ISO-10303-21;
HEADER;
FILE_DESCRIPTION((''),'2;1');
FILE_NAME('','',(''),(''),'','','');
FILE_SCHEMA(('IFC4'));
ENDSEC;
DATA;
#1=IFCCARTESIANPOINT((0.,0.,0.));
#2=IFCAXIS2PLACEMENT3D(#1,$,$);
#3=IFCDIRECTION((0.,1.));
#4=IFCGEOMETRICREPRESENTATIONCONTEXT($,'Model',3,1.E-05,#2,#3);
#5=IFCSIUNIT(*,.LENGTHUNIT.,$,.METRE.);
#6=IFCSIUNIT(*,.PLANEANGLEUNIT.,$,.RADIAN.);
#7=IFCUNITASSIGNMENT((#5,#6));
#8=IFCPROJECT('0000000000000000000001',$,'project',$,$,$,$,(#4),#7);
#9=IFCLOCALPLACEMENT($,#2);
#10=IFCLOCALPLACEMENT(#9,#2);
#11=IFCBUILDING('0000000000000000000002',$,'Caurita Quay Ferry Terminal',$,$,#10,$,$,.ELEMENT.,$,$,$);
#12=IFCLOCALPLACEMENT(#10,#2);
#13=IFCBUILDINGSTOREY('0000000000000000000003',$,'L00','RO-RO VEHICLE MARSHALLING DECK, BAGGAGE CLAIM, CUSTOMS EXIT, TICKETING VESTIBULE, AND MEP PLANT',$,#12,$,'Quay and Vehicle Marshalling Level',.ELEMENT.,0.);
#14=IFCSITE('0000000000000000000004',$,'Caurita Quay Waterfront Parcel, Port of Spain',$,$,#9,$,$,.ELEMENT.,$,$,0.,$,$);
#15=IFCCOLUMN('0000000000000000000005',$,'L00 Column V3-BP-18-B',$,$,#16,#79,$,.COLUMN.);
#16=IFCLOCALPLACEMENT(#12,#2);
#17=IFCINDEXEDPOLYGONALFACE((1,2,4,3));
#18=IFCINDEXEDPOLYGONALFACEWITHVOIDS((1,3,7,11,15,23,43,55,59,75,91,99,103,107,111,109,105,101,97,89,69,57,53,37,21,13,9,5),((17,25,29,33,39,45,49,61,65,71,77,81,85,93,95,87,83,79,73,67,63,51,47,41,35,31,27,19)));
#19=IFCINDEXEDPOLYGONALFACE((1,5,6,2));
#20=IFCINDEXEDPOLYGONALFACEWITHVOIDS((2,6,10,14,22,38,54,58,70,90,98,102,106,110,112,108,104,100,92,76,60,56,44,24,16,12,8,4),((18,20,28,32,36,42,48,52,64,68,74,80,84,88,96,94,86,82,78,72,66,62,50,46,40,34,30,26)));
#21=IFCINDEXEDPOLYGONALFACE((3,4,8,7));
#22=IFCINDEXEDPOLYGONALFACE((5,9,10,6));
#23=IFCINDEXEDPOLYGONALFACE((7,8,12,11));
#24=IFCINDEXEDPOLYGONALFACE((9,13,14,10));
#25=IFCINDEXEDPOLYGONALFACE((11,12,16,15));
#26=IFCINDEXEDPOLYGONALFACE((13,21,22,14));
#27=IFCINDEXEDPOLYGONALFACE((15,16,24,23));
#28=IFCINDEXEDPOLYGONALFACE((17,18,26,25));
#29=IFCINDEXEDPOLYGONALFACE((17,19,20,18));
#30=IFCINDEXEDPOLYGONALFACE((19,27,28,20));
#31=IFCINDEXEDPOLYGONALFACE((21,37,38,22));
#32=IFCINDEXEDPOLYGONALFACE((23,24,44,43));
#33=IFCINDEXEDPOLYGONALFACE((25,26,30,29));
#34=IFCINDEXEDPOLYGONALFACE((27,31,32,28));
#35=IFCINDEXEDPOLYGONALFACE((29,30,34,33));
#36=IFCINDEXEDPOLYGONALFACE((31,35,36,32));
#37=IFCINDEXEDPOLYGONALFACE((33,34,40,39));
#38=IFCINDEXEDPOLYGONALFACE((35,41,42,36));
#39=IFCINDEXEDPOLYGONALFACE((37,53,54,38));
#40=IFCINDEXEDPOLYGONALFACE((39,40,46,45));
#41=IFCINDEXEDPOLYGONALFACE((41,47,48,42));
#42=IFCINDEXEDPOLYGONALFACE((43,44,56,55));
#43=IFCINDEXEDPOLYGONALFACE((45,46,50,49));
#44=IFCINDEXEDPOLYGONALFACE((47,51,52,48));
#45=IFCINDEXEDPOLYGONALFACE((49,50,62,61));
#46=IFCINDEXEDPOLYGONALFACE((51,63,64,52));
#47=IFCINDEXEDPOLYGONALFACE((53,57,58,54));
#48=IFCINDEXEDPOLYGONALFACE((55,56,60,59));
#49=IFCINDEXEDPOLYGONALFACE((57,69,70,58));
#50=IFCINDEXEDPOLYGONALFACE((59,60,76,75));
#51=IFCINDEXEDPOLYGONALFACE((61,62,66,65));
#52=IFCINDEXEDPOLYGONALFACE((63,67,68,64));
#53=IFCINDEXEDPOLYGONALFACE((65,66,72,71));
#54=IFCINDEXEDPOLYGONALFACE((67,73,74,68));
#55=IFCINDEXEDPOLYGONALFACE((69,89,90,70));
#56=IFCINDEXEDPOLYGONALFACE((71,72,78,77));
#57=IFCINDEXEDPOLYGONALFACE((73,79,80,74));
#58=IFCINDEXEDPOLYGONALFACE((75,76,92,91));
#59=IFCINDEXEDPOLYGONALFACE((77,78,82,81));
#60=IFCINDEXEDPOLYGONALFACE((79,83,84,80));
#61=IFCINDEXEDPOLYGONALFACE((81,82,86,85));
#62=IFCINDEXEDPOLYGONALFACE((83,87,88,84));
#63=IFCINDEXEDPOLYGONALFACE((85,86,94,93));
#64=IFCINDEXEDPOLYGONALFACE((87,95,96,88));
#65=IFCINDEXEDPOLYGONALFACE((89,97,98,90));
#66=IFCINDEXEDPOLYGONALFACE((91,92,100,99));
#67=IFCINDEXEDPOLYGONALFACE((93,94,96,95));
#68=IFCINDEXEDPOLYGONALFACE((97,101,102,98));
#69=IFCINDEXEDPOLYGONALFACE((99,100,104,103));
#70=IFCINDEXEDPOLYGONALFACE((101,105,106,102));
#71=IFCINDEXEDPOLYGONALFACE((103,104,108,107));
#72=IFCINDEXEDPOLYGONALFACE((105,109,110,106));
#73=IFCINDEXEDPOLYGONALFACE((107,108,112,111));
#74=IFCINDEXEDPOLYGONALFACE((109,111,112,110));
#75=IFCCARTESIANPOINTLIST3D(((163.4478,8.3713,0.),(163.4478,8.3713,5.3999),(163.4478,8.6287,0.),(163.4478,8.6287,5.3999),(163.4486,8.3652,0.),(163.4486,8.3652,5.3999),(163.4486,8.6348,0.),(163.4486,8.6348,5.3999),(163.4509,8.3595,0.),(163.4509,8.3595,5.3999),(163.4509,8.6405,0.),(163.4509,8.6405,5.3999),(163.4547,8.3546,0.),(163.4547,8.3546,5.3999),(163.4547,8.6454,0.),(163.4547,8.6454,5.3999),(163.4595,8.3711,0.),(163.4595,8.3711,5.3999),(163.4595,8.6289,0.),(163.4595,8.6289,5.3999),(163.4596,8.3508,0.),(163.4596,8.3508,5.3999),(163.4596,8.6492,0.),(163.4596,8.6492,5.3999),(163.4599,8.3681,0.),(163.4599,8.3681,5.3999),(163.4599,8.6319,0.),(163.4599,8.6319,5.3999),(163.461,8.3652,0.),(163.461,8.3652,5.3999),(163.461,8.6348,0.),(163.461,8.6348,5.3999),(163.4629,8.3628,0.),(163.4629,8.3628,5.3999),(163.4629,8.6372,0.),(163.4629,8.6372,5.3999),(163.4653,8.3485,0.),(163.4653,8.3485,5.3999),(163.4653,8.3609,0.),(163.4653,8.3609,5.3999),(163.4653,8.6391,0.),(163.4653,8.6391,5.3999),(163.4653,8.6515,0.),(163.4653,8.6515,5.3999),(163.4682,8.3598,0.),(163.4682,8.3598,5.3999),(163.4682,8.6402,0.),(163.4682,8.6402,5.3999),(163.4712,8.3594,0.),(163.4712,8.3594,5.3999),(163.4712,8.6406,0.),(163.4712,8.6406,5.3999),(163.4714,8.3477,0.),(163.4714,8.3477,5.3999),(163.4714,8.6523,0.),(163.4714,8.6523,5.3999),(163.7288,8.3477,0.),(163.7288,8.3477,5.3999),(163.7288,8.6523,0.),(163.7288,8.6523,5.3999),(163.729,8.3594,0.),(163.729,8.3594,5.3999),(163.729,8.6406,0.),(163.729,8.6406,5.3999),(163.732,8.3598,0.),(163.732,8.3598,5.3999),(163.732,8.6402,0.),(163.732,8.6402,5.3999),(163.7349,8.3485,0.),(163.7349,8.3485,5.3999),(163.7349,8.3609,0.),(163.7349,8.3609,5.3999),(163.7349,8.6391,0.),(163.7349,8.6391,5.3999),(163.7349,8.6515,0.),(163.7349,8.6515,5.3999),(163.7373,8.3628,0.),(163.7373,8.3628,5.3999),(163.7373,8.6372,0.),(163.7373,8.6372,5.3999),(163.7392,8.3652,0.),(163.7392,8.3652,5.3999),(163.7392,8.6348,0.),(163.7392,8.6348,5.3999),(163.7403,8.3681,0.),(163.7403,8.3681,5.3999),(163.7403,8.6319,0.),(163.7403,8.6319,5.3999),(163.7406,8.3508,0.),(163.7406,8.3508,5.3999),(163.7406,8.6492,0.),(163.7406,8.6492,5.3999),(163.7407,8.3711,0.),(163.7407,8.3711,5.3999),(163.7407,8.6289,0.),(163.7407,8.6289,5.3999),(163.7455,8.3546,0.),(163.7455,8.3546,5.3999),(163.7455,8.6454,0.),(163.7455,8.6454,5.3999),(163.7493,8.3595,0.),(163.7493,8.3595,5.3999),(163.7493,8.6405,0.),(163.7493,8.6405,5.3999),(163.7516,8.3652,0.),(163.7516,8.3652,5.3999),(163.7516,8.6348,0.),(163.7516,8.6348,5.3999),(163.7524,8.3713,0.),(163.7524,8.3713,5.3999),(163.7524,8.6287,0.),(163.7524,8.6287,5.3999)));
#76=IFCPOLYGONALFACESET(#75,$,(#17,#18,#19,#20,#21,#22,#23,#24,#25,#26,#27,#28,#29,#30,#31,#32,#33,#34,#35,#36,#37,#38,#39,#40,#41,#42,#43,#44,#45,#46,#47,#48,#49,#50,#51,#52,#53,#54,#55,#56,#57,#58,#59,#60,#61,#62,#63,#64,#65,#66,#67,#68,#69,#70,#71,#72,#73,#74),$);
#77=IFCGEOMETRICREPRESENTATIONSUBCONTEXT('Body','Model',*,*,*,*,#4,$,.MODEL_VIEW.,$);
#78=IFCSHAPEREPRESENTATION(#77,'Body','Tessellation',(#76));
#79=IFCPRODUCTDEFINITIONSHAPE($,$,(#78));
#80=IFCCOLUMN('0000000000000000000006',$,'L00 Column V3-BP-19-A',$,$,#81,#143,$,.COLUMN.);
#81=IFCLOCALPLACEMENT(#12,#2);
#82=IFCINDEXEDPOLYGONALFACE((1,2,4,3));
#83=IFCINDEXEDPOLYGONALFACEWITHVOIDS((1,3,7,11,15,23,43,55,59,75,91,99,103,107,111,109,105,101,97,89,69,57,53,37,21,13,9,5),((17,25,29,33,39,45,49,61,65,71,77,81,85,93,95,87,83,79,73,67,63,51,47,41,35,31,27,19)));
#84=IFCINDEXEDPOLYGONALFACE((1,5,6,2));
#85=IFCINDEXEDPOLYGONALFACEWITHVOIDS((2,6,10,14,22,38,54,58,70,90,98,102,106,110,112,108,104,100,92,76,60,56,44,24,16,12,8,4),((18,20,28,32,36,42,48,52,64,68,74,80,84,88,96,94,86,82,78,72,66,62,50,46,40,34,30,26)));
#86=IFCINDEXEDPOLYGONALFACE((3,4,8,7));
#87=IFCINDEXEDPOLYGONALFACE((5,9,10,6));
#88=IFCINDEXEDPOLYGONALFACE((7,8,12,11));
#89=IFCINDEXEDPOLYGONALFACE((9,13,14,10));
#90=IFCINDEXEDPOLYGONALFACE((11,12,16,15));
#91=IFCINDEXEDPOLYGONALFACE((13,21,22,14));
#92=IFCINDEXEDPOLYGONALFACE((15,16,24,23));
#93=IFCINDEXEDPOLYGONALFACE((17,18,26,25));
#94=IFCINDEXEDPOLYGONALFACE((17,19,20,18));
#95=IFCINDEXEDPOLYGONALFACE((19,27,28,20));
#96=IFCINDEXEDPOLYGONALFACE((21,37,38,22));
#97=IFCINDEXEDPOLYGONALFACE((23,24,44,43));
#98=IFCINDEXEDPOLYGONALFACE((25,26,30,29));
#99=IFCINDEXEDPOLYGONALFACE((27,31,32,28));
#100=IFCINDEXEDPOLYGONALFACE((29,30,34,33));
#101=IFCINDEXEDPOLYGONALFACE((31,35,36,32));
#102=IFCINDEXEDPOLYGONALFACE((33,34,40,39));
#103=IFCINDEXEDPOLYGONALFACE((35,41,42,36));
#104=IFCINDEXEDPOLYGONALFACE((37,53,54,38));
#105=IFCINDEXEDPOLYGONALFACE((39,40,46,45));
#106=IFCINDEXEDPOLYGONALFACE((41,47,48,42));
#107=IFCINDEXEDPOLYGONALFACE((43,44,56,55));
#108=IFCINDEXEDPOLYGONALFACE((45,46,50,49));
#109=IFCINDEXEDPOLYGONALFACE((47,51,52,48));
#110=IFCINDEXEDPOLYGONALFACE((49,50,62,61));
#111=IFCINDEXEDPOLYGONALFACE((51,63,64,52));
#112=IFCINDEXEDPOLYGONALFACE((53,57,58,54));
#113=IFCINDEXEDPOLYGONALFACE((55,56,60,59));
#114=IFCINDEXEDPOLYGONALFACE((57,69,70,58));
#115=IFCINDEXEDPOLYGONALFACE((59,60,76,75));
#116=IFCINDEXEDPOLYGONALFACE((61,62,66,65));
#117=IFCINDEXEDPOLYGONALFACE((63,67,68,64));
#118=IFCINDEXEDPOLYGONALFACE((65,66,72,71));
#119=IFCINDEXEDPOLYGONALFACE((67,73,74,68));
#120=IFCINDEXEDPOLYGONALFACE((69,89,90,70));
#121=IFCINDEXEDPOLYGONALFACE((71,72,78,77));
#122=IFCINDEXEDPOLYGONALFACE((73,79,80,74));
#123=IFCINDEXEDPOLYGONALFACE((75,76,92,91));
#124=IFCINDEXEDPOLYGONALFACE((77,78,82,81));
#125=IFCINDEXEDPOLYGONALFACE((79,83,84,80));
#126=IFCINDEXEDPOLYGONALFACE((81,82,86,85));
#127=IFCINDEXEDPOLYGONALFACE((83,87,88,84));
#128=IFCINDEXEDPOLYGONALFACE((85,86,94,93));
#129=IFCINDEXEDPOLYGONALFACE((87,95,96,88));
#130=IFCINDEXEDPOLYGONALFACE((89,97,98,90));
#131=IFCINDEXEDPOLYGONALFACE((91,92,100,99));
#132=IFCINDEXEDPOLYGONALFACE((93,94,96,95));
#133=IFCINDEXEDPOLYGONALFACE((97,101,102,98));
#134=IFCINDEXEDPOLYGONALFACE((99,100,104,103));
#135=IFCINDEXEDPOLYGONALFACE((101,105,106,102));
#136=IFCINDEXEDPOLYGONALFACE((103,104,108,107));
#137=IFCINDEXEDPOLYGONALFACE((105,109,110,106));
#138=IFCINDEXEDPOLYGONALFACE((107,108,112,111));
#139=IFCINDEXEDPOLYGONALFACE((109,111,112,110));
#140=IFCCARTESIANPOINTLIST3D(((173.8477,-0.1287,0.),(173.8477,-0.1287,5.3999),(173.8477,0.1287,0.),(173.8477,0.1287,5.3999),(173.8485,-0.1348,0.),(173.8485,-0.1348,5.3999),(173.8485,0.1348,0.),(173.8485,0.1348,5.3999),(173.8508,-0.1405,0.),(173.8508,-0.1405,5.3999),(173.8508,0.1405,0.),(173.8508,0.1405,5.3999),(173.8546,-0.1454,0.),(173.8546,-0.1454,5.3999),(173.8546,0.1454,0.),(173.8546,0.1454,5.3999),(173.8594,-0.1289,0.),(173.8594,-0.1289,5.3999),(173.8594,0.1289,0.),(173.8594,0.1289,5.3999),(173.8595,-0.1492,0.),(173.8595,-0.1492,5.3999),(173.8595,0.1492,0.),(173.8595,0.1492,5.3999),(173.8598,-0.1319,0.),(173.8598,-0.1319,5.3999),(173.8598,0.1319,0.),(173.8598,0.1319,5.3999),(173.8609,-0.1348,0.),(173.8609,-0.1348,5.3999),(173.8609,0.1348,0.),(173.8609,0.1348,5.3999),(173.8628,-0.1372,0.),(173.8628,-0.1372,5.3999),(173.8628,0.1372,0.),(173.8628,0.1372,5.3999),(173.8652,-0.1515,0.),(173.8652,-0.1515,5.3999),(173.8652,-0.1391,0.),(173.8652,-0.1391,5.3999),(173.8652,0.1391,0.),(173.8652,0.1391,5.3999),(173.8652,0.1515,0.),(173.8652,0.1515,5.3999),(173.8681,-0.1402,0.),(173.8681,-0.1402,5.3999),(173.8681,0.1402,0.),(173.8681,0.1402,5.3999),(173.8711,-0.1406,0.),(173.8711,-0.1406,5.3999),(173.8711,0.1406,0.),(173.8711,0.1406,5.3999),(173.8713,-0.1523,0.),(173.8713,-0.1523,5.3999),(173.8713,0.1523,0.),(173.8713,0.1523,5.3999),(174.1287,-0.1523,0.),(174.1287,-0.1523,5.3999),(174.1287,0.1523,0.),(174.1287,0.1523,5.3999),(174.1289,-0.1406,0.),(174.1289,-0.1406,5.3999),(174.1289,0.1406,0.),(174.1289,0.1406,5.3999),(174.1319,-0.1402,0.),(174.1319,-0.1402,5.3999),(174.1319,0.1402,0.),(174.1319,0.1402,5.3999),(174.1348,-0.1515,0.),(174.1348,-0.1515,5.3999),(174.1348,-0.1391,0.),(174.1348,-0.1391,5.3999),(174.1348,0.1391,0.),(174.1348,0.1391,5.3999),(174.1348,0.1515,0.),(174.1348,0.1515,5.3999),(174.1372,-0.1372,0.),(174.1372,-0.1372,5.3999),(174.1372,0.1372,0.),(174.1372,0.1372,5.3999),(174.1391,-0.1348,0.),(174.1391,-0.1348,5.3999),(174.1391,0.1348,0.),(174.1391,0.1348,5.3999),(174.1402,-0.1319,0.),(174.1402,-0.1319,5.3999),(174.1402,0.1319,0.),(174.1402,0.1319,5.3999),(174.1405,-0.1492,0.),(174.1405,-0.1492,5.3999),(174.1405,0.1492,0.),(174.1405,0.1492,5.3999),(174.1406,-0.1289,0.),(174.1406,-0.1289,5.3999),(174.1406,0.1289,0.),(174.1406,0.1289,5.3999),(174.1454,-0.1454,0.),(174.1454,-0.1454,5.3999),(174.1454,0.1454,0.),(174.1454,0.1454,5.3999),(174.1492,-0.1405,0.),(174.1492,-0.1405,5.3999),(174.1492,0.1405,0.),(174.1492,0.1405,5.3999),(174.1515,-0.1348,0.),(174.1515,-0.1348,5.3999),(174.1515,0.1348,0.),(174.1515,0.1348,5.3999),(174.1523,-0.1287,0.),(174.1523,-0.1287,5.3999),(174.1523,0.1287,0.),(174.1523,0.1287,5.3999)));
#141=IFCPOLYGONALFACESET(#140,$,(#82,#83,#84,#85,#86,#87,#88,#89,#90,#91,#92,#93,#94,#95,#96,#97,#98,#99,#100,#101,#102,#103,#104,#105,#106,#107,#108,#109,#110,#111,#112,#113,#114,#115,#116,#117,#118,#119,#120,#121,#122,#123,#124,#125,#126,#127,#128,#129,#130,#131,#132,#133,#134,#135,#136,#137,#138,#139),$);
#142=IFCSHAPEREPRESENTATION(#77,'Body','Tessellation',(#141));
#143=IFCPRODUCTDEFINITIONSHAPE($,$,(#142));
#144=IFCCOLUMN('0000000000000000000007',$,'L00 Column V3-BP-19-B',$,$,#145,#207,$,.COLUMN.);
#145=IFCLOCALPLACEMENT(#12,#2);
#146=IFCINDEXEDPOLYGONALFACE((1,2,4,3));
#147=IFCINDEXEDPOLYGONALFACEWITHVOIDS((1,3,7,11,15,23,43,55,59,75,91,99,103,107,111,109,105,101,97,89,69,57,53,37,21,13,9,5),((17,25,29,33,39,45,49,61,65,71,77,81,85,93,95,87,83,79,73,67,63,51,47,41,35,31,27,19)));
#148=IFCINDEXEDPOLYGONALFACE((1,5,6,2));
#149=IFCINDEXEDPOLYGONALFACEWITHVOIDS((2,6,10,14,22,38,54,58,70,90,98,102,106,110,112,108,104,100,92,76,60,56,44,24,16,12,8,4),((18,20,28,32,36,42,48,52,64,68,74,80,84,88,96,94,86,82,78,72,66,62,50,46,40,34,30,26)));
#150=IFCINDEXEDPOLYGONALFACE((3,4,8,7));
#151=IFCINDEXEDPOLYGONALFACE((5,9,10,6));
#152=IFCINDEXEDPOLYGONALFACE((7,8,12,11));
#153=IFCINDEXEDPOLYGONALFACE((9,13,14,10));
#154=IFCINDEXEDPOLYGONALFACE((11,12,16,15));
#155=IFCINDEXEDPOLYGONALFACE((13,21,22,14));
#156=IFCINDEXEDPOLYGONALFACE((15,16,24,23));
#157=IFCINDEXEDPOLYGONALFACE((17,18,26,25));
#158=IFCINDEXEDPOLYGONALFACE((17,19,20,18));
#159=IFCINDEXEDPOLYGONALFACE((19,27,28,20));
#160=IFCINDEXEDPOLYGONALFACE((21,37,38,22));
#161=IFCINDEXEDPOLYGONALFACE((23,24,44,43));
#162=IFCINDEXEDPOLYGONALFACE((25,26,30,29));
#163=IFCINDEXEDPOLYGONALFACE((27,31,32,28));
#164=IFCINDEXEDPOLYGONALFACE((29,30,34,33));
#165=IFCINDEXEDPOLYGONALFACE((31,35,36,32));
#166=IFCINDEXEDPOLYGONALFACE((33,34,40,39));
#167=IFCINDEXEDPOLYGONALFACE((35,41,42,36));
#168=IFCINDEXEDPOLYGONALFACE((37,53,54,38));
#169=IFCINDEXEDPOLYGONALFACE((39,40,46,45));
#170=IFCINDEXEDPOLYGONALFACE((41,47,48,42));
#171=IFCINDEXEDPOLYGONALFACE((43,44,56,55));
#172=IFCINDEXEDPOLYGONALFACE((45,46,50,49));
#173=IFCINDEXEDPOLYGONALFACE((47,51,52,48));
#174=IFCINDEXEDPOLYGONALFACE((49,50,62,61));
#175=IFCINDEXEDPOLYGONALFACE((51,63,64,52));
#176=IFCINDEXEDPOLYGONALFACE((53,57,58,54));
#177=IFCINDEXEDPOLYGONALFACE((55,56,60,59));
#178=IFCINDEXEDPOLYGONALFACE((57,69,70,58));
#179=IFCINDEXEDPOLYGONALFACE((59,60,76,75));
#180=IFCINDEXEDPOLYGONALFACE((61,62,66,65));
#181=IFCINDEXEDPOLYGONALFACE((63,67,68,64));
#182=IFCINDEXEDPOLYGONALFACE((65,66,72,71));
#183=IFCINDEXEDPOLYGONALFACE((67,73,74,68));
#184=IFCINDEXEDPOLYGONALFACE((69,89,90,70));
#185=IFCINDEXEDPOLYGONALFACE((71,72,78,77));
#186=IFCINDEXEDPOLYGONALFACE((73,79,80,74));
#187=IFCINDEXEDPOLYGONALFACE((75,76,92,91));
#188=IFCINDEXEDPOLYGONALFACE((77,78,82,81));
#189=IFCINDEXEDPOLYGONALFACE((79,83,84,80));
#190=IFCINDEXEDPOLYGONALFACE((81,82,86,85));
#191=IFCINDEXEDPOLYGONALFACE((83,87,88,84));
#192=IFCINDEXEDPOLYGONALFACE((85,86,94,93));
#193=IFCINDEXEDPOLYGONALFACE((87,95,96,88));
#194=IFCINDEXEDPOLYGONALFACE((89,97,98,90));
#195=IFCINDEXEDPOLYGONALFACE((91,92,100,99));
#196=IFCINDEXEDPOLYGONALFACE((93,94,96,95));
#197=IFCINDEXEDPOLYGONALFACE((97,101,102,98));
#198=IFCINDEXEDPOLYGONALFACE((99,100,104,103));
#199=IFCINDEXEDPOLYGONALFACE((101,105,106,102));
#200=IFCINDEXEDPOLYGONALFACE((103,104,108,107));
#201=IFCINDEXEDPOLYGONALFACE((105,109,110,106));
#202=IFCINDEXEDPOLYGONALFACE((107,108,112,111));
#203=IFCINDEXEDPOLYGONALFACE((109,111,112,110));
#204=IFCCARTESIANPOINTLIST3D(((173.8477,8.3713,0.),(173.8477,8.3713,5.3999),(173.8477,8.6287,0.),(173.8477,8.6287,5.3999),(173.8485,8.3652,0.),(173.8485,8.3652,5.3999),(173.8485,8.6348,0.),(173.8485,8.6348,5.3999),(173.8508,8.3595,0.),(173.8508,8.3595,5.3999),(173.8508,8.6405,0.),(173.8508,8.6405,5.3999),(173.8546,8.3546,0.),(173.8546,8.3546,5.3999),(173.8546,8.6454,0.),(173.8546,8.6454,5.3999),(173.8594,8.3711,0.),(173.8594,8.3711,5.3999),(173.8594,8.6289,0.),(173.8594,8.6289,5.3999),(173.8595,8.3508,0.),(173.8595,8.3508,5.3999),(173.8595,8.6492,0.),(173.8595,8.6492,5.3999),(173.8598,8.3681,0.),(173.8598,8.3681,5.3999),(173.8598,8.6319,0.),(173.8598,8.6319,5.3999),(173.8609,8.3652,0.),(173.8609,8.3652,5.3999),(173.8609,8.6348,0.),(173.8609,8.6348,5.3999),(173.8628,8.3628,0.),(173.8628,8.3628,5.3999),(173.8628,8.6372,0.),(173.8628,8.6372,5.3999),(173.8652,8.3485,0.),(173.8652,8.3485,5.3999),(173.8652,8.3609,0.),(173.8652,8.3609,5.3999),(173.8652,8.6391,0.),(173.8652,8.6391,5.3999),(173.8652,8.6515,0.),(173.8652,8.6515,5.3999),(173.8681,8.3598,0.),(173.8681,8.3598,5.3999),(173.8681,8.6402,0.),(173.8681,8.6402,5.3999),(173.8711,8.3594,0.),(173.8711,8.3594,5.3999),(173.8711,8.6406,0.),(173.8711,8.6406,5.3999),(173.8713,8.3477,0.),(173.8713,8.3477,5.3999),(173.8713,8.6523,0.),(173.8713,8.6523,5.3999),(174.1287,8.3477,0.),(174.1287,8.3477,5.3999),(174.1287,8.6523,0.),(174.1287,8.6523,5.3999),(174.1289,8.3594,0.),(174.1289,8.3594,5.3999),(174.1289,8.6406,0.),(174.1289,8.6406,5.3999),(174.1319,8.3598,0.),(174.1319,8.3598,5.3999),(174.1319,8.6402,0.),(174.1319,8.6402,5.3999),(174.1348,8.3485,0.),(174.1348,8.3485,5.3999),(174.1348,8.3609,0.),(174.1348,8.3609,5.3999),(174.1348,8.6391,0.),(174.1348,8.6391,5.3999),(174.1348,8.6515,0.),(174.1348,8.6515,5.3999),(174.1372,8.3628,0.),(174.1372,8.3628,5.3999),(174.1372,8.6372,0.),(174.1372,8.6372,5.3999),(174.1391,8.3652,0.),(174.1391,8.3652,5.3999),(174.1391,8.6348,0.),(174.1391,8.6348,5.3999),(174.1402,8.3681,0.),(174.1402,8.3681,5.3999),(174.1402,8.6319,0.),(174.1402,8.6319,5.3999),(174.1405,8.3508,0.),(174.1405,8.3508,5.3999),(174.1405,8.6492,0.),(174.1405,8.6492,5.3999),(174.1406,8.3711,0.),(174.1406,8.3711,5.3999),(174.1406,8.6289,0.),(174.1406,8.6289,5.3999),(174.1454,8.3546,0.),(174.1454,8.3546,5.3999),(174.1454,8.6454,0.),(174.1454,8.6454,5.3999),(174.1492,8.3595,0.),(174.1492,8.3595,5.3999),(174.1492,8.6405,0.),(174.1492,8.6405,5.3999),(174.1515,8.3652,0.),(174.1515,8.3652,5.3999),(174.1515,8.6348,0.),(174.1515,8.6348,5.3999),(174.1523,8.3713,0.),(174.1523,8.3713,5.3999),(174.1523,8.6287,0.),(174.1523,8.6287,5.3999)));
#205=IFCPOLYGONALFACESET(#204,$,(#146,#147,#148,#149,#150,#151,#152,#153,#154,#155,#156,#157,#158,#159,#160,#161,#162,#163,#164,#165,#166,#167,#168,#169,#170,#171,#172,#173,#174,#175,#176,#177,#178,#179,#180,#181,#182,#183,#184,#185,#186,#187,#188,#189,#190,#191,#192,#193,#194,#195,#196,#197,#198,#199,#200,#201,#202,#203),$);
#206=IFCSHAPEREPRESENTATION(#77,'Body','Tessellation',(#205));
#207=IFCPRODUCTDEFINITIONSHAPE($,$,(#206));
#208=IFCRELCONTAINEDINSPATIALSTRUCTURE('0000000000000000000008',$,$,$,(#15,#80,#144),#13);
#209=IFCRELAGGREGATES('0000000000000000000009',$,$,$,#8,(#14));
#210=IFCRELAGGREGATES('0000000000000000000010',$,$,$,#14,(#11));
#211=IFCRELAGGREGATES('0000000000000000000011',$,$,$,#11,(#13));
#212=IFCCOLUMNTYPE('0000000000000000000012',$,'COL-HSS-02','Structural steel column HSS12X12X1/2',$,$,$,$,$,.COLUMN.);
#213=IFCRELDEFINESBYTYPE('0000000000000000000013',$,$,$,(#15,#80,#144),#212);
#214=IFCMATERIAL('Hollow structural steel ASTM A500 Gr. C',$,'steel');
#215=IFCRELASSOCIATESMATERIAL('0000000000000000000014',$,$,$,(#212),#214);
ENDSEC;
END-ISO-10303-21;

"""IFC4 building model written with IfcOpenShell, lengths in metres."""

from ifc_helpers import new_model, si_unit, direction, frame, origin, origin_2d, place, context, subcontext, project, spatial, hollow_rectangle, extrude, material, material_profile, profile_set, type_object, element, save


model = new_model("IFC4")

# Units and contexts
model_context = context("Model", 3, precision=1e-05, world=origin(), true_north=direction((0.0, 1.0)))
body_context = subcontext(model_context, "Body", "Model", "MODEL_VIEW")
ifc_project = project(units=[si_unit("LENGTHUNIT", "METRE"), si_unit("PLANEANGLEUNIT", "RADIAN")], contexts=[model_context])

# Site, building, storey
site_placement = place(None, origin())
site = spatial("IfcSite", under=ifc_project, at=site_placement, Name="Caurita Quay Waterfront Parcel, Port of Spain", CompositionType="ELEMENT", RefElevation=0.0)
building_placement = place(site_placement, origin())
building = spatial("IfcBuilding", under=site, at=building_placement, Name="Caurita Quay Ferry Terminal", CompositionType="ELEMENT")
storey_placement = place(building_placement, origin())
storey = spatial("IfcBuildingStorey", under=building, at=storey_placement, Name="L00", Description="RO-RO VEHICLE MARSHALLING DECK, BAGGAGE CLAIM, CUSTOMS EXIT, TICKETING VESTIBULE, AND MEP PLANT", LongName="Quay and Vehicle Marshalling Level", CompositionType="ELEMENT", Elevation=0.0)

# Columns
ifc_material_1 = material(Name="Hollow structural steel ASTM A500 Gr. C", Category="steel")
ifc_material_profile_1 = material_profile(ifc_material_1, hollow_rectangle(XDim=0.3047, YDim=0.3047, WallThickness=0.0117, InnerFilletRadius=0.0117, OuterFilletRadius=0.0237, at=origin_2d()), Name="HSS12X12X1/2")
ifc_profile_set_1 = profile_set([ifc_material_profile_1], Name="Hollow structural steel ASTM A500 Gr. C")
column_type = type_object("IfcColumnType", Name="COL-HSS-02", Description="Structural steel column HSS12X12X1/2", PredefinedType="COLUMN", material=ifc_profile_set_1)
for number, where, z_axis, x_axis, name in (
    (1, (163.6001, 8.5, 0.0), (0.0, 0.0, 1.0), (1.0, 0.0, 0.0), "L00 Column V3-BP-18-B"),
    (2, (174.0, 0.0, 0.0), (0.0, 0.0, 1.0), (1.0, 0.0, 0.0), "L00 Column V3-BP-19-A"),
    (3, (174.0, 8.5, 0.0), (0.0, 0.0, 1.0), (1.0, 0.0, 0.0), "L00 Column V3-BP-19-B"),
):
    element("IfcColumn", number, at=place(storey_placement, frame(where, z_axis=z_axis, x_axis=x_axis)), inside=storey, type_object=column_type, Name=name, PredefinedType="COLUMN", context=body_context, shape_type="SweptSolid", body=[
        extrude(hollow_rectangle(XDim=0.3047, YDim=0.3047, WallThickness=0.0117, InnerFilletRadius=0.0117, OuterFilletRadius=0.0237, at=origin_2d()), origin(), (0.0, 0.0, 1.0), 5.3999),
    ])

save(model, "model.ifc")
